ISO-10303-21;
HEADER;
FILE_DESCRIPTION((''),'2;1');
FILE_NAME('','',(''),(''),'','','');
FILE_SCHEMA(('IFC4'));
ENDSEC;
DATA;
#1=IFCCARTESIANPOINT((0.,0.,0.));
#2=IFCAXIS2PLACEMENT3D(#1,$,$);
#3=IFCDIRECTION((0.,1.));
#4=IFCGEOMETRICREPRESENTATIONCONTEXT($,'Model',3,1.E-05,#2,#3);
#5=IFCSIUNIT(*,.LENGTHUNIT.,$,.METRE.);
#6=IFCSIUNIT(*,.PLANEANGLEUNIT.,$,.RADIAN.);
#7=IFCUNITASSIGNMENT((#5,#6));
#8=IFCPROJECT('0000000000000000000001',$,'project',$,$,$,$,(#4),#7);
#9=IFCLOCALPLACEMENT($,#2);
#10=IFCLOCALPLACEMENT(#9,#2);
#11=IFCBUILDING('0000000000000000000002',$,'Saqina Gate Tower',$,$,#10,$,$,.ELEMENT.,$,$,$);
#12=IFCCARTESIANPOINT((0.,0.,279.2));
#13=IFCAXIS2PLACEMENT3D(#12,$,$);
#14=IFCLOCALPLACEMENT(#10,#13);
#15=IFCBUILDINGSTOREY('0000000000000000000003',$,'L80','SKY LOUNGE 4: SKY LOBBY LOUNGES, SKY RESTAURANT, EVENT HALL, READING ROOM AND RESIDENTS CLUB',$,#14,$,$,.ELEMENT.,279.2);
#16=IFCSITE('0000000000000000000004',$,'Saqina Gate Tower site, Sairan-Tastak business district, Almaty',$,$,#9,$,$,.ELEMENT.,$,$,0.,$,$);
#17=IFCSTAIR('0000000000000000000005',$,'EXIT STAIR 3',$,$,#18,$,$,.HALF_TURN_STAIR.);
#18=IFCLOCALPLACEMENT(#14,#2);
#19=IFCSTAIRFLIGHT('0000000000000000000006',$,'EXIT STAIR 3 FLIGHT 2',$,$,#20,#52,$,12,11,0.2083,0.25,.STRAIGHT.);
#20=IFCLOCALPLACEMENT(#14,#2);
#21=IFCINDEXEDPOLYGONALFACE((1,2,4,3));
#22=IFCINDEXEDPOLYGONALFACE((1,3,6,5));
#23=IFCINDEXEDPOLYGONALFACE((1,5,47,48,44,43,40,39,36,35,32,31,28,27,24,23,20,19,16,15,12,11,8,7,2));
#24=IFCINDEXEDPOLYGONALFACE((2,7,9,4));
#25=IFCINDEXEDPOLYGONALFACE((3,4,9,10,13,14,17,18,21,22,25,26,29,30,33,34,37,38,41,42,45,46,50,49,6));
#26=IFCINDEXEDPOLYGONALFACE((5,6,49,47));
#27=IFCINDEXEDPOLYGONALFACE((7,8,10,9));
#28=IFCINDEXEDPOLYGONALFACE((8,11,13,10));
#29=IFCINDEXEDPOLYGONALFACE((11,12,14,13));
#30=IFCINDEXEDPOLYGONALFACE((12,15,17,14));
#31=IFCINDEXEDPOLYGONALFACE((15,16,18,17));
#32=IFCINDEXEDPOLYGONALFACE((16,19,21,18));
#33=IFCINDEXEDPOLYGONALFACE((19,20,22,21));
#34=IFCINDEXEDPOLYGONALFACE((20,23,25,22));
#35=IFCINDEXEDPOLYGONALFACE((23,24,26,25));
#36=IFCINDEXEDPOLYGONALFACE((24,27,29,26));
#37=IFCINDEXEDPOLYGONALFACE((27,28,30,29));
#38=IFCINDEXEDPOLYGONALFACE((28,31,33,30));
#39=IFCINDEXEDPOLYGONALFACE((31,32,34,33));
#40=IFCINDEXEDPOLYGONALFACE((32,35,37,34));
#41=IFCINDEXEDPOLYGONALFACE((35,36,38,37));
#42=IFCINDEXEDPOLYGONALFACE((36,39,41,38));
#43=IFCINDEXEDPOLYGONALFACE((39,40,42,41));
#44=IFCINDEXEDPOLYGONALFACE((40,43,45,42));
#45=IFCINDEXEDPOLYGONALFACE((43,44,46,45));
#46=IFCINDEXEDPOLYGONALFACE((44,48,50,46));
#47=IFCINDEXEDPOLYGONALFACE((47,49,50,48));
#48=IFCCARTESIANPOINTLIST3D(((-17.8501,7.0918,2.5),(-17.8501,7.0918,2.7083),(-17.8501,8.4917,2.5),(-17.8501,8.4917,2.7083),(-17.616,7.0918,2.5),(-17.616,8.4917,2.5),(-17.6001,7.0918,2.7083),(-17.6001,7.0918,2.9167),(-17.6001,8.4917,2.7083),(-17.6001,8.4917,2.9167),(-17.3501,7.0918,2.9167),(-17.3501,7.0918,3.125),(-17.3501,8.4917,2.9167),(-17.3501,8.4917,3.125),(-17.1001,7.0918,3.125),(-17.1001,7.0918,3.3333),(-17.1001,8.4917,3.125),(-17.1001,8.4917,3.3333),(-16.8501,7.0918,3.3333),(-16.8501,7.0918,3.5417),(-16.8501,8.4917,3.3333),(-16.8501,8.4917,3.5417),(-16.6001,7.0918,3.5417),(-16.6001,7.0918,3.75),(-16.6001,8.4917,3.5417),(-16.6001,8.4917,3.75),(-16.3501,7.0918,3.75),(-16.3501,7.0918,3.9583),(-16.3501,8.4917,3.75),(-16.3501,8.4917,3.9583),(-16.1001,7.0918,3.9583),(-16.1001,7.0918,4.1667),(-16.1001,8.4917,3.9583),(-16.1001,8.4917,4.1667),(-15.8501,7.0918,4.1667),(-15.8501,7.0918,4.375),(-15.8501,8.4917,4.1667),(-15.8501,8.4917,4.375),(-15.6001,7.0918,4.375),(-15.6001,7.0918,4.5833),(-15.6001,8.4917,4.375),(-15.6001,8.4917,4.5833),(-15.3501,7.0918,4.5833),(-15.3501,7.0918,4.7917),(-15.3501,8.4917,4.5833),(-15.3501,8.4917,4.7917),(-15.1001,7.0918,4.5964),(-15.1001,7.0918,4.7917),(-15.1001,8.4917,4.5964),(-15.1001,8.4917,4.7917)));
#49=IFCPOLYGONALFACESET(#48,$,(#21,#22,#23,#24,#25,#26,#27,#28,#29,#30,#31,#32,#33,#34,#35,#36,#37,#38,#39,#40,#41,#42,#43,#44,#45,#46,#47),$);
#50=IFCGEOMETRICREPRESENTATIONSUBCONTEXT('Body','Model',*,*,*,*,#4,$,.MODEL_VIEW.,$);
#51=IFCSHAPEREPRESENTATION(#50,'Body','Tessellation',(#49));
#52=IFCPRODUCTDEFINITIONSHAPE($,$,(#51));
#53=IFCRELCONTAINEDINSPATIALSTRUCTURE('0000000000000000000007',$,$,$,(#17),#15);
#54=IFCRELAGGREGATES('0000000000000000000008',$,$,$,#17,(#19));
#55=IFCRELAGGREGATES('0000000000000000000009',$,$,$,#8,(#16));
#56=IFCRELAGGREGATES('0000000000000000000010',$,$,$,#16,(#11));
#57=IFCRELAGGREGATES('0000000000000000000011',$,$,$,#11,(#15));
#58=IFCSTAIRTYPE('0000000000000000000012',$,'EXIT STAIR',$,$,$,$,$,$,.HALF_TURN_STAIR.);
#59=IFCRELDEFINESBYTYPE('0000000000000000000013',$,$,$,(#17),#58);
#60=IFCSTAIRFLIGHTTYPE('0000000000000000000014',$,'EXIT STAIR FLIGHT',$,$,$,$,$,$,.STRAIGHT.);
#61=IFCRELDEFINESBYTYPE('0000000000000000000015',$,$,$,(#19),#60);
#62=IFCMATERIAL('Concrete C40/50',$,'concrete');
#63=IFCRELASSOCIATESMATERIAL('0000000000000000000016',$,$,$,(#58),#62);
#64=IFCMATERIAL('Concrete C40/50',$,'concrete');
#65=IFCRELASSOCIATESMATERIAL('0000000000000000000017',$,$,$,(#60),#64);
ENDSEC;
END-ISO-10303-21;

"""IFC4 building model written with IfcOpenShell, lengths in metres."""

from ifc_helpers import new_model, si_unit, direction, frame, origin, place, context, subcontext, project, spatial, polyline, outline, extrude, material, type_object, element, aggregate, save


model = new_model("IFC4")

# Units and contexts
model_context = context("Model", 3, precision=1e-05, world=origin(), true_north=direction((0.0, 1.0)))
body_context = subcontext(model_context, "Body", "Model", "MODEL_VIEW")
ifc_project = project(units=[si_unit("LENGTHUNIT", "METRE"), si_unit("PLANEANGLEUNIT", "RADIAN")], contexts=[model_context])

# Site, building, storey
site_placement = place(None, origin())
site = spatial("IfcSite", under=ifc_project, at=site_placement, Name="Saqina Gate Tower site, Sairan-Tastak business district, Almaty", CompositionType="ELEMENT", RefElevation=0.0)
building_placement = place(site_placement, origin())
building = spatial("IfcBuilding", under=site, at=building_placement, Name="Saqina Gate Tower", CompositionType="ELEMENT")
storey_placement = place(building_placement, frame((0.0, 0.0, 279.2)))
storey = spatial("IfcBuildingStorey", under=building, at=storey_placement, Name="L80", Description="SKY LOUNGE 4: SKY LOBBY LOUNGES, SKY RESTAURANT, EVENT HALL, READING ROOM AND RESIDENTS CLUB", CompositionType="ELEMENT", Elevation=279.2)

# Stair, stair flight
ifc_material_1 = material(Name="Concrete C40/50", Category="concrete")
stair_type = type_object("IfcStairType", Name="EXIT STAIR", PredefinedType="HALF_TURN_STAIR", material=ifc_material_1)
stair_placement = place(storey_placement, origin())
stair = element("IfcStair", 1, at=stair_placement, inside=storey, type_object=stair_type, Name="EXIT STAIR 3", PredefinedType="HALF_TURN_STAIR")
ifc_material_2 = material(Name="Concrete C40/50", Category="concrete")
stair_flight_type = type_object("IfcStairFlightType", Name="EXIT STAIR FLIGHT", PredefinedType="STRAIGHT", material=ifc_material_2)
stair_flight_1_placement = place(storey_placement, frame((-17.8501, 7.7917, 2.5), z_axis=(0.0, 0.0, 1.0), x_axis=(1.0, 0.0, 0.0)))
stair_flight_1 = element("IfcStairFlight", 2, at=stair_flight_1_placement, type_object=stair_flight_type, Name="EXIT STAIR 3 FLIGHT 2", NumberOfRisers=12, NumberOfTreads=11, PredefinedType="STRAIGHT", RiserHeight=0.2083, TreadLength=0.25, context=body_context, shape_type="SweptSolid", body=[
    extrude(outline(polyline([(0.0, 0.0), (0.0, 0.2083), (0.25, 0.2083), (0.25, 0.4167), (0.5, 0.4167), (0.5, 0.625), (0.75, 0.625), (0.75, 0.8333), (1.0, 0.8333), (1.0, 1.0417), (1.25, 1.0417), (1.25, 1.25), (1.5, 1.25), (1.5, 1.4583), (1.75, 1.4583), (1.75, 1.6667), (2.0, 1.6667), (2.0, 1.875), (2.25, 1.875), (2.25, 2.0833), (2.5, 2.0833), (2.5, 2.2917), (2.75, 2.2917), (2.75, 2.5), (2.75, 2.0964), (0.2341, 0.0), (0.0, 0.0)])), frame((0.0, 0.7, 0.0), z_axis=(0.0, -1.0, 0.0), x_axis=(1.0, 0.0, 0.0)), (0.0, 0.0, 1.0), 1.3999),
])
aggregate(stair, [stair_flight_1])

save(model, "model.ifc")
